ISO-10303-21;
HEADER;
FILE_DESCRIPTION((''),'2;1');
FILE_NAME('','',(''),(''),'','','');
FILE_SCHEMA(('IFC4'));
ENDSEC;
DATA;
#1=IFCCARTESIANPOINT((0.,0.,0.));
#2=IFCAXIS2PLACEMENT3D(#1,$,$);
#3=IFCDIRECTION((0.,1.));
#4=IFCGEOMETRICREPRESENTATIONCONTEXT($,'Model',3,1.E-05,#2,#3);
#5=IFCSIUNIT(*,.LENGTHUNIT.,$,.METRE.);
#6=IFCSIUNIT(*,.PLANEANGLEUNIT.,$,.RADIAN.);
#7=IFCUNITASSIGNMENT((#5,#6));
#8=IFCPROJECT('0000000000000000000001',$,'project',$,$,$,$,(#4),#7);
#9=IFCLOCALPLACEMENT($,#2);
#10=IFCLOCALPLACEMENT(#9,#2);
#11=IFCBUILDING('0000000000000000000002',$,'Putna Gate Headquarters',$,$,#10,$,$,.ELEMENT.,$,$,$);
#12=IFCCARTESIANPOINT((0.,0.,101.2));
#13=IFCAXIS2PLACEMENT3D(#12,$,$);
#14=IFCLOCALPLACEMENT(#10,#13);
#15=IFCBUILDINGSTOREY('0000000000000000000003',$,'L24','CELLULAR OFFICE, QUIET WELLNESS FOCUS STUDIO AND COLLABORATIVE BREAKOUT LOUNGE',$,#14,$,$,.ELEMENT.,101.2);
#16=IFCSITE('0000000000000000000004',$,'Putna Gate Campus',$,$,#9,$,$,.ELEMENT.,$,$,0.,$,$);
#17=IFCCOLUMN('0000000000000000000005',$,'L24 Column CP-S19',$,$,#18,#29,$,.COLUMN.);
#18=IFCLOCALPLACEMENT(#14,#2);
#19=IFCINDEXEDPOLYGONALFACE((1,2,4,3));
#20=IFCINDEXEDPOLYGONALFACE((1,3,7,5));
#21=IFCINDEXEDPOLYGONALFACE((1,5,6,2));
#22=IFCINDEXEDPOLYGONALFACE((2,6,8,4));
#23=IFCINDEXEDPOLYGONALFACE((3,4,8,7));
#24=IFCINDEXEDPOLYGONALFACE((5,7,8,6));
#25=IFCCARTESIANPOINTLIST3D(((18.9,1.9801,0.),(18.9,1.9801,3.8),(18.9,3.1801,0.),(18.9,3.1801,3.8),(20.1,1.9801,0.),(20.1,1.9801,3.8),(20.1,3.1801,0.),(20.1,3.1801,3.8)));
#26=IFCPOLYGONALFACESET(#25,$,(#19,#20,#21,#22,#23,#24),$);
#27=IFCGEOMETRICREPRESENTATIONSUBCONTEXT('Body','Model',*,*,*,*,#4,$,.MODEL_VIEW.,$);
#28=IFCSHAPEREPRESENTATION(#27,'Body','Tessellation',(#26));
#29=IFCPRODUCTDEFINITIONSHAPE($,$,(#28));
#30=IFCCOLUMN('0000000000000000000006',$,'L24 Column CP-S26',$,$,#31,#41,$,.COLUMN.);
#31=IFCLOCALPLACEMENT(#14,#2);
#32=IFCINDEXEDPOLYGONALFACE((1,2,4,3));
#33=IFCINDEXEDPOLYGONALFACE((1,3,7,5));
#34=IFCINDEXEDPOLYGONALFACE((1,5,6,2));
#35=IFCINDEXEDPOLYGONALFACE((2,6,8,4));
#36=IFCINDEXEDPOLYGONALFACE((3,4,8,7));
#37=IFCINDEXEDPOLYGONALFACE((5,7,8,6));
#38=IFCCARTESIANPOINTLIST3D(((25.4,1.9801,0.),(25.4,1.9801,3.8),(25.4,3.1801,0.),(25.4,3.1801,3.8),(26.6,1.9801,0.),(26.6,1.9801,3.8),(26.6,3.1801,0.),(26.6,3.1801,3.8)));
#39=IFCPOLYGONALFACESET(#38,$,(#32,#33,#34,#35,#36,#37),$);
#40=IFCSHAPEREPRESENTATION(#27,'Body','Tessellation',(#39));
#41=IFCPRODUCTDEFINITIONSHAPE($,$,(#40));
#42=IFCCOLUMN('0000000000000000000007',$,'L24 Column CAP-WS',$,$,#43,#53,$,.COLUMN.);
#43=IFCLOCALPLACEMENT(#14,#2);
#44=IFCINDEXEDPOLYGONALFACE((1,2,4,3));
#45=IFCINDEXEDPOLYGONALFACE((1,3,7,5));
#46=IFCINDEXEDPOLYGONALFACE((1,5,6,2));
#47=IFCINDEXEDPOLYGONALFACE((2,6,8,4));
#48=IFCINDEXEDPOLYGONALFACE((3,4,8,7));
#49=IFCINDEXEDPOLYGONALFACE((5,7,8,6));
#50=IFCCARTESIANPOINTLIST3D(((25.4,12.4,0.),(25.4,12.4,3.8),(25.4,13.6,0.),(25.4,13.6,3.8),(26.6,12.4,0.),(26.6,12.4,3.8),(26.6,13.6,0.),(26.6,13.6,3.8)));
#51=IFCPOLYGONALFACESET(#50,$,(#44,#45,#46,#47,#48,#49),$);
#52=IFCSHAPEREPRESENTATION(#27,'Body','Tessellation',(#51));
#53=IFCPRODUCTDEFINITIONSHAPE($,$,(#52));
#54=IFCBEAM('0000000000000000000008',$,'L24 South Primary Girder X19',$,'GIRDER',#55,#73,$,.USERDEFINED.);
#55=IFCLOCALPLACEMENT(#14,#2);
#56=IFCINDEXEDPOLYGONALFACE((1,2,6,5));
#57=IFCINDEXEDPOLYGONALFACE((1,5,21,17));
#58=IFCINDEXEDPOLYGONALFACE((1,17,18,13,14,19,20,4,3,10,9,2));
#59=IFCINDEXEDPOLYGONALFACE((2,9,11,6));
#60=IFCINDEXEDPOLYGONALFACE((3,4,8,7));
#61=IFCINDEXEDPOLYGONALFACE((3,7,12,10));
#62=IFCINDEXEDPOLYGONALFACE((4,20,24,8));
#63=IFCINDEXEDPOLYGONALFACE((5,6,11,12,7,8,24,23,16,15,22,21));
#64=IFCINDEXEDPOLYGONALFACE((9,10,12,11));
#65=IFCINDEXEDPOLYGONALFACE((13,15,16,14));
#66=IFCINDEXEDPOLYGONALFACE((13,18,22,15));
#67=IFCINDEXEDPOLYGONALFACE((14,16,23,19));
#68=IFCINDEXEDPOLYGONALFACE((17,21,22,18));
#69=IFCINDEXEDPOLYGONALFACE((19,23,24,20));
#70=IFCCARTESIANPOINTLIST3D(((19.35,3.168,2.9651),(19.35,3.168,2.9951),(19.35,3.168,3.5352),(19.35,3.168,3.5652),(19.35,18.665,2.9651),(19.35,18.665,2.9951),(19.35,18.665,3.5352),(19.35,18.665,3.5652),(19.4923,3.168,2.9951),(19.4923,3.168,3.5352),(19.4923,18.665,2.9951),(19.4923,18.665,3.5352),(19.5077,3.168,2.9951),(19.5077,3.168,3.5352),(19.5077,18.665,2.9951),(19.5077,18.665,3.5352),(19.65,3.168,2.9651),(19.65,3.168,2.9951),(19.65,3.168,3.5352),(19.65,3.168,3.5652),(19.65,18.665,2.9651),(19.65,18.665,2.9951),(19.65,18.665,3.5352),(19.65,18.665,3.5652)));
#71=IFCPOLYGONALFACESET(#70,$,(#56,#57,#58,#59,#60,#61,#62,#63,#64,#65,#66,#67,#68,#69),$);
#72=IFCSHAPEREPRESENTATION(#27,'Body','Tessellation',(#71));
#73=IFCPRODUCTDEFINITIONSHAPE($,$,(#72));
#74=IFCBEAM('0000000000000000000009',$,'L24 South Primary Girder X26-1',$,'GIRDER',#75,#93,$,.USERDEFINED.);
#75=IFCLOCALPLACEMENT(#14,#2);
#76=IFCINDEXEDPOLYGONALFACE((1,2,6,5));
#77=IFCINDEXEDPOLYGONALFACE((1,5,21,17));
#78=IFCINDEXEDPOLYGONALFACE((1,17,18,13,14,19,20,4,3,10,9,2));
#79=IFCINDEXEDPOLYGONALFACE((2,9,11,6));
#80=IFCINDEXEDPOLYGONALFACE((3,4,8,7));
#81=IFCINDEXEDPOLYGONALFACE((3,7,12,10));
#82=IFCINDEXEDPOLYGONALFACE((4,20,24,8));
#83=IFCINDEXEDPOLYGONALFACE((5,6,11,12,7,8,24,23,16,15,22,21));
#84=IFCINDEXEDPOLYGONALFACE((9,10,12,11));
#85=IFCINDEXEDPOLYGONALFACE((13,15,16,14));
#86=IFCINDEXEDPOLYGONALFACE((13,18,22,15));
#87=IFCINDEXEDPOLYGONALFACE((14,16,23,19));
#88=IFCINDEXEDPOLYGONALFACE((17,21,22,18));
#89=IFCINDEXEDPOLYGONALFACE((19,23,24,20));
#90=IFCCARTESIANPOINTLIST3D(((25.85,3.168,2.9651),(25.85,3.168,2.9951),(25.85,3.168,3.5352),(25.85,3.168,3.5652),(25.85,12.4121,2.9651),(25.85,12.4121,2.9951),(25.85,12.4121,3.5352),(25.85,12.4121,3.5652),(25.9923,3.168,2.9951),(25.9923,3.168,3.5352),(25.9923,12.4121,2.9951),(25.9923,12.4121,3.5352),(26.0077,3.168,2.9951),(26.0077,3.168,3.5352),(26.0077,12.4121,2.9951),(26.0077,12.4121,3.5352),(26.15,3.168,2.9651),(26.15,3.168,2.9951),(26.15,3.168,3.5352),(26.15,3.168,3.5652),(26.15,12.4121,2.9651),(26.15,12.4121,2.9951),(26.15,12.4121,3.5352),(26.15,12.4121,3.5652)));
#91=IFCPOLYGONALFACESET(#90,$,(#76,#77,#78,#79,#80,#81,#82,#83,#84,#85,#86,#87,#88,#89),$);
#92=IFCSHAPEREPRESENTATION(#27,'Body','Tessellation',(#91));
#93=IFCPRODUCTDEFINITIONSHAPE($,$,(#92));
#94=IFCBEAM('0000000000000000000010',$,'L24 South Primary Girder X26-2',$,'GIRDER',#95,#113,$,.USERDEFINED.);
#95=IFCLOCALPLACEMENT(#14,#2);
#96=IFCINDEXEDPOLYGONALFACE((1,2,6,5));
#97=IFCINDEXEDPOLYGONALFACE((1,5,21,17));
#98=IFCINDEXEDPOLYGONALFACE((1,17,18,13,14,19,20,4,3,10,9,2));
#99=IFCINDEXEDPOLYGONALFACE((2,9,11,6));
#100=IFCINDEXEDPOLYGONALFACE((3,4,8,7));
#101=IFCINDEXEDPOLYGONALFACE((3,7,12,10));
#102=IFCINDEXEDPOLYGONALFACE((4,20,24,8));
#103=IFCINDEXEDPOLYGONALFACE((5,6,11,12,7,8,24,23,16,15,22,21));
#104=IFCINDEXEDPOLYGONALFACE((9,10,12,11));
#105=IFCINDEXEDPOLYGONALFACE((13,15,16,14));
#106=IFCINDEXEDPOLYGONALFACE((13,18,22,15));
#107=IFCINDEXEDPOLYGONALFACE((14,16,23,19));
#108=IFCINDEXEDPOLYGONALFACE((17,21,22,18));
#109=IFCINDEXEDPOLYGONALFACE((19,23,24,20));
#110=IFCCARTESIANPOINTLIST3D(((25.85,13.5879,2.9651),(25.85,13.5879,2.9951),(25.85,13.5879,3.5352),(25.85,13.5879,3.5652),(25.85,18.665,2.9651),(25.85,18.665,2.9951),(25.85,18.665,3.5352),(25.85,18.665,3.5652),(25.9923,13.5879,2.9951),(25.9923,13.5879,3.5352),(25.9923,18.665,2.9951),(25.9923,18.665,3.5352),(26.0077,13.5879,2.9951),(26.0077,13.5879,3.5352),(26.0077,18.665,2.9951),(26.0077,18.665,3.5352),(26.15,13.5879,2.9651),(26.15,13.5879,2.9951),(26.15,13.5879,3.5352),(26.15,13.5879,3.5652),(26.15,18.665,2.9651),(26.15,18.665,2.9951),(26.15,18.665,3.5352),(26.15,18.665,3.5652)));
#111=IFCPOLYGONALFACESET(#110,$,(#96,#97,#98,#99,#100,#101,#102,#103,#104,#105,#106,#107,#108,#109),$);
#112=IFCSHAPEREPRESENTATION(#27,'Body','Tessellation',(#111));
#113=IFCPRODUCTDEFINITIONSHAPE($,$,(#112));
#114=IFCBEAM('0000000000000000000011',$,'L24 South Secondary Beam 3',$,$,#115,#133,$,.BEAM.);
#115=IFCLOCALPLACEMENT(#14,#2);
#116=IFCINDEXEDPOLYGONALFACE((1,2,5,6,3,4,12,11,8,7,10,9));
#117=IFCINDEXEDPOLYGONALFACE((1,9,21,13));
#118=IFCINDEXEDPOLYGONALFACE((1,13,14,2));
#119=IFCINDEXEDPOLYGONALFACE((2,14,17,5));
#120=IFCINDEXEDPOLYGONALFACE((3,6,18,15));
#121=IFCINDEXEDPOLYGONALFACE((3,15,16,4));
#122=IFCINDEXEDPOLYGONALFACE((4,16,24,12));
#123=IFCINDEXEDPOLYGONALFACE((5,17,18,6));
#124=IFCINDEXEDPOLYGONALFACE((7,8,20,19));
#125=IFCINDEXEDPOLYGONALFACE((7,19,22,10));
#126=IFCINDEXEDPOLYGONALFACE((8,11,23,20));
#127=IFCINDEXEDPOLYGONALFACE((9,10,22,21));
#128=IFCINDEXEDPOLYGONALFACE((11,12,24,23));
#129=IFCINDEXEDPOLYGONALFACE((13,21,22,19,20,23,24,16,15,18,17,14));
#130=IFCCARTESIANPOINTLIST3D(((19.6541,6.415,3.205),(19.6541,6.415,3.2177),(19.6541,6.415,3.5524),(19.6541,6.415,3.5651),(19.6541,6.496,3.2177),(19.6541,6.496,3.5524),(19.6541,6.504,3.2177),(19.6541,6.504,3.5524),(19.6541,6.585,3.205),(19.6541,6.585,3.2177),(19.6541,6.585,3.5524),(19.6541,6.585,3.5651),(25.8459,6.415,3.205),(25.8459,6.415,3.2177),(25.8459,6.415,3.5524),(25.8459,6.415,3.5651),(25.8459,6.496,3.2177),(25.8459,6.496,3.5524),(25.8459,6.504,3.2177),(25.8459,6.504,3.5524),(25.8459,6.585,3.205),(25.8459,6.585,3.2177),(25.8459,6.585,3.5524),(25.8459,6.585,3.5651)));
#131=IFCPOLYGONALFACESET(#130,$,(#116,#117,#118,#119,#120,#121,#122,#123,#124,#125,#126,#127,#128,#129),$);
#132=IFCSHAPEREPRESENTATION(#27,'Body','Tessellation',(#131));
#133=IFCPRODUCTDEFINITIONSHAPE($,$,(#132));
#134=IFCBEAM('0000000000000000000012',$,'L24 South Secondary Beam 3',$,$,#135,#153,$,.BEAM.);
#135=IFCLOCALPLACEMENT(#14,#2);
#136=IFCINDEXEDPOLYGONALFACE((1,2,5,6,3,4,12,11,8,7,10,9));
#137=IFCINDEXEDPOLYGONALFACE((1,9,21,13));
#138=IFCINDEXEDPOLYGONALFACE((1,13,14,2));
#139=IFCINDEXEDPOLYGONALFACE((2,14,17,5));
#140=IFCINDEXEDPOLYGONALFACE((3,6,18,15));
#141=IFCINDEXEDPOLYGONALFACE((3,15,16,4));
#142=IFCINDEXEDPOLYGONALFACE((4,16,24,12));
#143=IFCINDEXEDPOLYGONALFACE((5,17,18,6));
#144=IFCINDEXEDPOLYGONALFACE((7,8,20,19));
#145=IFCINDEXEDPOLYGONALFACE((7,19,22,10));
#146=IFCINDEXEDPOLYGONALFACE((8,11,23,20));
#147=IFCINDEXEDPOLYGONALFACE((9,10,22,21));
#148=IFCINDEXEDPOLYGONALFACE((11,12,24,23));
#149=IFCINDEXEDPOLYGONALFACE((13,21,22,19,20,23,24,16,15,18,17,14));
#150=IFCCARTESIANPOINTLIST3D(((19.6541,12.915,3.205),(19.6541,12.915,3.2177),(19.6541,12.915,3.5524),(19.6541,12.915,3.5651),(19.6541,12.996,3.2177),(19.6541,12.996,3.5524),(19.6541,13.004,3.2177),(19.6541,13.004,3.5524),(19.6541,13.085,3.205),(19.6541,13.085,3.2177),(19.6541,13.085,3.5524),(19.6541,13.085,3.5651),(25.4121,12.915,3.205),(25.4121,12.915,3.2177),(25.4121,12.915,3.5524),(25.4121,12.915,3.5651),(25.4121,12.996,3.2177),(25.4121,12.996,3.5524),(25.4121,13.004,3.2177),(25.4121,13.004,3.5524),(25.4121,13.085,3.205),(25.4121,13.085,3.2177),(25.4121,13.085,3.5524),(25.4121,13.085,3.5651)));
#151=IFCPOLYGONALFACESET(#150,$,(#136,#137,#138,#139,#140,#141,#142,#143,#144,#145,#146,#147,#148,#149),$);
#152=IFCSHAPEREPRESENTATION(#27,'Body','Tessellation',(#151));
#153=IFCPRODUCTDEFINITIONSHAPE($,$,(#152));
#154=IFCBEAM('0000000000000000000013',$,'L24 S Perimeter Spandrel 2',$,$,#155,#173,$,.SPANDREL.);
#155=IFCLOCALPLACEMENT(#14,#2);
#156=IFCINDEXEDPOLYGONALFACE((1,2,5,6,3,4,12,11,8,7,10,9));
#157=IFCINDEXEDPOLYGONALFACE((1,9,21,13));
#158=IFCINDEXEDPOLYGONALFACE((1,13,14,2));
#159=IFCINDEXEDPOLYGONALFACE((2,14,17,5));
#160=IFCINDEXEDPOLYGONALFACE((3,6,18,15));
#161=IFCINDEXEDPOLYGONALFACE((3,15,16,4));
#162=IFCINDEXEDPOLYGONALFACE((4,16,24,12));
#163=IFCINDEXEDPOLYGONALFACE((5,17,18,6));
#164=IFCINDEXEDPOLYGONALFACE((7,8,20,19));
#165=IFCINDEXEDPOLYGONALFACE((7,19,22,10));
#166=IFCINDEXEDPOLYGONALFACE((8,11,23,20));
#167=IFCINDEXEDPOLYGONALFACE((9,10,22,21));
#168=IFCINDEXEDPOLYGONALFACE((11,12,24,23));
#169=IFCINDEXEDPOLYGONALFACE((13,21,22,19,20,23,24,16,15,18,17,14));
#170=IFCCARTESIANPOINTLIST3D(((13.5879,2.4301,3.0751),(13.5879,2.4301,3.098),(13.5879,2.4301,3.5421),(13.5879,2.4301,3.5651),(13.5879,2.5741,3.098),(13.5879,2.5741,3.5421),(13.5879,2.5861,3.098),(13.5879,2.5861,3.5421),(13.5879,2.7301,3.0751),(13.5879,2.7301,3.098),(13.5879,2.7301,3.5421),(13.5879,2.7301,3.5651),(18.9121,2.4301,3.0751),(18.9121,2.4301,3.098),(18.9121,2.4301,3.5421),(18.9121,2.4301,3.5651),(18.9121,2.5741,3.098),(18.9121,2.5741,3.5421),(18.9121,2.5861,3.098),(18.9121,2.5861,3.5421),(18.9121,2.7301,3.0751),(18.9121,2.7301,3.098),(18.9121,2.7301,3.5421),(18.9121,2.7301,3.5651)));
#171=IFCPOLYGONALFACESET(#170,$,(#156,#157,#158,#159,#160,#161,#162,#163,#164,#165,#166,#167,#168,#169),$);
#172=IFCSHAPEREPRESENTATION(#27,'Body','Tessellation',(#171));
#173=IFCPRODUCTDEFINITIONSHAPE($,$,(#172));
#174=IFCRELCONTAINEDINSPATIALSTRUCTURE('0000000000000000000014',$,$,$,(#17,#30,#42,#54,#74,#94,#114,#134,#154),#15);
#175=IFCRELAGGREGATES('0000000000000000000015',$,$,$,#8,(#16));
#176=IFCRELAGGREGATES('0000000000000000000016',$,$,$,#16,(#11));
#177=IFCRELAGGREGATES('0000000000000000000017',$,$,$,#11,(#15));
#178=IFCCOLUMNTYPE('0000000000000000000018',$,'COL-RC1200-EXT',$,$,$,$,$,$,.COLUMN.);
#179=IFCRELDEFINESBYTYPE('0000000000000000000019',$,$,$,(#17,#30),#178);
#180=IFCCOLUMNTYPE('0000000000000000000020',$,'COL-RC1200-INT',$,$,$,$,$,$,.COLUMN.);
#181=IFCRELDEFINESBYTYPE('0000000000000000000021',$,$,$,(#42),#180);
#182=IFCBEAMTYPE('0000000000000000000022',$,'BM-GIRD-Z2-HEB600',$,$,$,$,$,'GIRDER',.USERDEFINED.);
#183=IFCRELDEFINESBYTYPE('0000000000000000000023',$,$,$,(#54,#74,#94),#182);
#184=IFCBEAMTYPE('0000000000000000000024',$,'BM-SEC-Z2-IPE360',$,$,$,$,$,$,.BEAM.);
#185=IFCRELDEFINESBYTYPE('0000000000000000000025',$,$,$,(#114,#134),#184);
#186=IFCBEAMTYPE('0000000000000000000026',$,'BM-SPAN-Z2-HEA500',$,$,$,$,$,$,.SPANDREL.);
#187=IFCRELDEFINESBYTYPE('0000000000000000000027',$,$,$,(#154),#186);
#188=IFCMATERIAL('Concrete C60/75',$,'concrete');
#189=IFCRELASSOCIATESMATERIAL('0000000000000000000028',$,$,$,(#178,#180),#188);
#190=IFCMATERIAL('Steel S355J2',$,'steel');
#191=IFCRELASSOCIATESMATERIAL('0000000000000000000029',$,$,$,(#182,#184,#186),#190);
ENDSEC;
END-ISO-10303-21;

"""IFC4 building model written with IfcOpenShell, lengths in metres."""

from ifc_helpers import new_model, si_unit, direction, frame, origin, origin_2d, place, context, subcontext, project, spatial, rectangle, i_section, extrude, material, material_profile, profile_set, type_object, element, save


model = new_model("IFC4")

# Units and contexts
model_context = context("Model", 3, precision=1e-05, world=origin(), true_north=direction((0.0, 1.0)))
body_context = subcontext(model_context, "Body", "Model", "MODEL_VIEW")
ifc_project = project(units=[si_unit("LENGTHUNIT", "METRE"), si_unit("PLANEANGLEUNIT", "RADIAN")], contexts=[model_context])

# Site, building, storey
site_placement = place(None, origin())
site = spatial("IfcSite", under=ifc_project, at=site_placement, Name="Putna Gate Campus", CompositionType="ELEMENT", RefElevation=0.0)
building_placement = place(site_placement, origin())
building = spatial("IfcBuilding", under=site, at=building_placement, Name="Putna Gate Headquarters", CompositionType="ELEMENT")
storey_placement = place(building_placement, frame((0.0, 0.0, 101.2)))
storey = spatial("IfcBuildingStorey", under=building, at=storey_placement, Name="L24", Description="CELLULAR OFFICE, QUIET WELLNESS FOCUS STUDIO AND COLLABORATIVE BREAKOUT LOUNGE", CompositionType="ELEMENT", Elevation=101.2)

# Columns
ifc_material_1 = material(Name="Concrete C60/75", Category="concrete")
ifc_material_profile_1 = material_profile(ifc_material_1, rectangle(XDim=1.2, YDim=1.2, at=origin_2d()), Name="Concrete C60/75")
ifc_profile_set_1 = profile_set([ifc_material_profile_1], Name="Concrete C60/75")
column_type_1 = type_object("IfcColumnType", Name="COL-RC1200-EXT", PredefinedType="COLUMN", material=ifc_profile_set_1)
for number, where, z_axis, x_axis, name in (
    (1, (19.5, 2.5801, 0.0), (0.0, 0.0, 1.0), (1.0, 0.0, 0.0), "L24 Column CP-S19"),
    (2, (26.0, 2.5801, 0.0), (0.0, 0.0, 1.0), (1.0, 0.0, 0.0), "L24 Column CP-S26"),
):
    element("IfcColumn", number, at=place(storey_placement, frame(where, z_axis=z_axis, x_axis=x_axis)), inside=storey, type_object=column_type_1, Name=name, PredefinedType="COLUMN", context=body_context, shape_type="SweptSolid", body=[
        extrude(rectangle(XDim=1.2, YDim=1.2, at=origin_2d()), origin(), (0.0, 0.0, 1.0), 3.8),
    ])
ifc_material_profile_2 = material_profile(ifc_material_1, rectangle(XDim=1.2, YDim=1.2, at=origin_2d()), Name="Concrete C60/75")
ifc_profile_set_2 = profile_set([ifc_material_profile_2], Name="Concrete C60/75")
column_type_2 = type_object("IfcColumnType", Name="COL-RC1200-INT", PredefinedType="COLUMN", material=ifc_profile_set_2)
column_placement = place(storey_placement, frame((26.0, 13.0, 0.0), z_axis=(0.0, 0.0, 1.0), x_axis=(1.0, 0.0, 0.0)))
element("IfcColumn", 3, at=column_placement, inside=storey, type_object=column_type_2, Name="L24 Column CAP-WS", PredefinedType="COLUMN", context=body_context, shape_type="SweptSolid", body=[
    extrude(rectangle(XDim=1.2, YDim=1.2, at=origin_2d()), origin(), (0.0, 0.0, 1.0), 3.8),
])

# Beams
ifc_material_2 = material(Name="Steel S355J2", Category="steel")
ifc_material_profile_3 = material_profile(ifc_material_2, i_section(OverallWidth=0.3, OverallDepth=0.6001, WebThickness=0.0154, FlangeThickness=0.03, at=origin_2d()), Name="Steel S355J2")
ifc_profile_set_3 = profile_set([ifc_material_profile_3], Name="Steel S355J2")
beam_type_1 = type_object("IfcBeamType", Name="BM-GIRD-Z2-HEB600", ElementType="GIRDER", PredefinedType="USERDEFINED", material=ifc_profile_set_3)
beam_1_placement = place(storey_placement, frame((19.5, 3.168, 3.2651), z_axis=(0.0, 1.0, 0.0), x_axis=(-1.0, 0.0, 0.0)))
element("IfcBeam", 4, at=beam_1_placement, inside=storey, type_object=beam_type_1, Name="L24 South Primary Girder X19", ObjectType="GIRDER", PredefinedType="USERDEFINED", context=body_context, shape_type="SweptSolid", body=[
    extrude(i_section(OverallWidth=0.3, OverallDepth=0.6001, WebThickness=0.0154, FlangeThickness=0.03, at=origin_2d()), origin(), (0.0, 0.0, 1.0), 15.4971),
])
beam_2_placement = place(storey_placement, frame((26.0, 3.168, 3.2651), z_axis=(0.0, 1.0, 0.0), x_axis=(-1.0, 0.0, 0.0)))
element("IfcBeam", 5, at=beam_2_placement, inside=storey, type_object=beam_type_1, Name="L24 South Primary Girder X26-1", ObjectType="GIRDER", PredefinedType="USERDEFINED", context=body_context, shape_type="SweptSolid", body=[
    extrude(i_section(OverallWidth=0.3, OverallDepth=0.6001, WebThickness=0.0154, FlangeThickness=0.03, at=origin_2d()), origin(), (0.0, 0.0, 1.0), 9.2441),
])
beam_3_placement = place(storey_placement, frame((26.0, 13.5879, 3.2651), z_axis=(0.0, 1.0, 0.0), x_axis=(-1.0, 0.0, 0.0)))
element("IfcBeam", 6, at=beam_3_placement, inside=storey, type_object=beam_type_1, Name="L24 South Primary Girder X26-2", ObjectType="GIRDER", PredefinedType="USERDEFINED", context=body_context, shape_type="SweptSolid", body=[
    extrude(i_section(OverallWidth=0.3, OverallDepth=0.6001, WebThickness=0.0154, FlangeThickness=0.03, at=origin_2d()), origin(), (0.0, 0.0, 1.0), 5.0771),
])
ifc_material_profile_4 = material_profile(ifc_material_2, i_section(OverallWidth=0.1699, OverallDepth=0.3601, WebThickness=0.0081, FlangeThickness=0.0127, at=origin_2d()), Name="Steel S355J2")
ifc_profile_set_4 = profile_set([ifc_material_profile_4], Name="Steel S355J2")
beam_type_2 = type_object("IfcBeamType", Name="BM-SEC-Z2-IPE360", PredefinedType="BEAM", material=ifc_profile_set_4)
beam_4_placement = place(storey_placement, frame((19.6541, 6.5, 3.385), z_axis=(1.0, 0.0, 0.0), x_axis=(0.0, 1.0, 0.0)))
element("IfcBeam", 7, at=beam_4_placement, inside=storey, type_object=beam_type_2, Name="L24 South Secondary Beam 3", PredefinedType="BEAM", context=body_context, shape_type="SweptSolid", body=[
    extrude(i_section(OverallWidth=0.1699, OverallDepth=0.3601, WebThickness=0.0081, FlangeThickness=0.0127, at=origin_2d()), origin(), (0.0, 0.0, 1.0), 6.1919),
])
beam_5_placement = place(storey_placement, frame((19.6541, 13.0, 3.385), z_axis=(1.0, 0.0, 0.0), x_axis=(0.0, 1.0, 0.0)))
element("IfcBeam", 8, at=beam_5_placement, inside=storey, type_object=beam_type_2, Name="L24 South Secondary Beam 3", PredefinedType="BEAM", context=body_context, shape_type="SweptSolid", body=[
    extrude(i_section(OverallWidth=0.1699, OverallDepth=0.3601, WebThickness=0.0081, FlangeThickness=0.0127, at=origin_2d()), origin(), (0.0, 0.0, 1.0), 5.7581),
])
ifc_material_profile_5 = material_profile(ifc_material_2, i_section(OverallWidth=0.3, OverallDepth=0.49, WebThickness=0.012, FlangeThickness=0.0229, at=origin_2d()), Name="Steel S355J2")
ifc_profile_set_5 = profile_set([ifc_material_profile_5], Name="Steel S355J2")
beam_type_3 = type_object("IfcBeamType", Name="BM-SPAN-Z2-HEA500", PredefinedType="SPANDREL", material=ifc_profile_set_5)
for number, where, z_axis, x_axis, name in (
    (9, (13.5879, 2.5801, 3.3201), (1.0, 0.0, 0.0), (0.0, 1.0, 0.0), "L24 S Perimeter Spandrel 2"),
):
    element("IfcBeam", number, at=place(storey_placement, frame(where, z_axis=z_axis, x_axis=x_axis)), inside=storey, type_object=beam_type_3, Name=name, PredefinedType="SPANDREL", context=body_context, shape_type="SweptSolid", body=[
        extrude(i_section(OverallWidth=0.3, OverallDepth=0.49, WebThickness=0.012, FlangeThickness=0.0229, at=origin_2d()), origin(), (0.0, 0.0, 1.0), 5.3242),
    ])

save(model, "model.ifc")
